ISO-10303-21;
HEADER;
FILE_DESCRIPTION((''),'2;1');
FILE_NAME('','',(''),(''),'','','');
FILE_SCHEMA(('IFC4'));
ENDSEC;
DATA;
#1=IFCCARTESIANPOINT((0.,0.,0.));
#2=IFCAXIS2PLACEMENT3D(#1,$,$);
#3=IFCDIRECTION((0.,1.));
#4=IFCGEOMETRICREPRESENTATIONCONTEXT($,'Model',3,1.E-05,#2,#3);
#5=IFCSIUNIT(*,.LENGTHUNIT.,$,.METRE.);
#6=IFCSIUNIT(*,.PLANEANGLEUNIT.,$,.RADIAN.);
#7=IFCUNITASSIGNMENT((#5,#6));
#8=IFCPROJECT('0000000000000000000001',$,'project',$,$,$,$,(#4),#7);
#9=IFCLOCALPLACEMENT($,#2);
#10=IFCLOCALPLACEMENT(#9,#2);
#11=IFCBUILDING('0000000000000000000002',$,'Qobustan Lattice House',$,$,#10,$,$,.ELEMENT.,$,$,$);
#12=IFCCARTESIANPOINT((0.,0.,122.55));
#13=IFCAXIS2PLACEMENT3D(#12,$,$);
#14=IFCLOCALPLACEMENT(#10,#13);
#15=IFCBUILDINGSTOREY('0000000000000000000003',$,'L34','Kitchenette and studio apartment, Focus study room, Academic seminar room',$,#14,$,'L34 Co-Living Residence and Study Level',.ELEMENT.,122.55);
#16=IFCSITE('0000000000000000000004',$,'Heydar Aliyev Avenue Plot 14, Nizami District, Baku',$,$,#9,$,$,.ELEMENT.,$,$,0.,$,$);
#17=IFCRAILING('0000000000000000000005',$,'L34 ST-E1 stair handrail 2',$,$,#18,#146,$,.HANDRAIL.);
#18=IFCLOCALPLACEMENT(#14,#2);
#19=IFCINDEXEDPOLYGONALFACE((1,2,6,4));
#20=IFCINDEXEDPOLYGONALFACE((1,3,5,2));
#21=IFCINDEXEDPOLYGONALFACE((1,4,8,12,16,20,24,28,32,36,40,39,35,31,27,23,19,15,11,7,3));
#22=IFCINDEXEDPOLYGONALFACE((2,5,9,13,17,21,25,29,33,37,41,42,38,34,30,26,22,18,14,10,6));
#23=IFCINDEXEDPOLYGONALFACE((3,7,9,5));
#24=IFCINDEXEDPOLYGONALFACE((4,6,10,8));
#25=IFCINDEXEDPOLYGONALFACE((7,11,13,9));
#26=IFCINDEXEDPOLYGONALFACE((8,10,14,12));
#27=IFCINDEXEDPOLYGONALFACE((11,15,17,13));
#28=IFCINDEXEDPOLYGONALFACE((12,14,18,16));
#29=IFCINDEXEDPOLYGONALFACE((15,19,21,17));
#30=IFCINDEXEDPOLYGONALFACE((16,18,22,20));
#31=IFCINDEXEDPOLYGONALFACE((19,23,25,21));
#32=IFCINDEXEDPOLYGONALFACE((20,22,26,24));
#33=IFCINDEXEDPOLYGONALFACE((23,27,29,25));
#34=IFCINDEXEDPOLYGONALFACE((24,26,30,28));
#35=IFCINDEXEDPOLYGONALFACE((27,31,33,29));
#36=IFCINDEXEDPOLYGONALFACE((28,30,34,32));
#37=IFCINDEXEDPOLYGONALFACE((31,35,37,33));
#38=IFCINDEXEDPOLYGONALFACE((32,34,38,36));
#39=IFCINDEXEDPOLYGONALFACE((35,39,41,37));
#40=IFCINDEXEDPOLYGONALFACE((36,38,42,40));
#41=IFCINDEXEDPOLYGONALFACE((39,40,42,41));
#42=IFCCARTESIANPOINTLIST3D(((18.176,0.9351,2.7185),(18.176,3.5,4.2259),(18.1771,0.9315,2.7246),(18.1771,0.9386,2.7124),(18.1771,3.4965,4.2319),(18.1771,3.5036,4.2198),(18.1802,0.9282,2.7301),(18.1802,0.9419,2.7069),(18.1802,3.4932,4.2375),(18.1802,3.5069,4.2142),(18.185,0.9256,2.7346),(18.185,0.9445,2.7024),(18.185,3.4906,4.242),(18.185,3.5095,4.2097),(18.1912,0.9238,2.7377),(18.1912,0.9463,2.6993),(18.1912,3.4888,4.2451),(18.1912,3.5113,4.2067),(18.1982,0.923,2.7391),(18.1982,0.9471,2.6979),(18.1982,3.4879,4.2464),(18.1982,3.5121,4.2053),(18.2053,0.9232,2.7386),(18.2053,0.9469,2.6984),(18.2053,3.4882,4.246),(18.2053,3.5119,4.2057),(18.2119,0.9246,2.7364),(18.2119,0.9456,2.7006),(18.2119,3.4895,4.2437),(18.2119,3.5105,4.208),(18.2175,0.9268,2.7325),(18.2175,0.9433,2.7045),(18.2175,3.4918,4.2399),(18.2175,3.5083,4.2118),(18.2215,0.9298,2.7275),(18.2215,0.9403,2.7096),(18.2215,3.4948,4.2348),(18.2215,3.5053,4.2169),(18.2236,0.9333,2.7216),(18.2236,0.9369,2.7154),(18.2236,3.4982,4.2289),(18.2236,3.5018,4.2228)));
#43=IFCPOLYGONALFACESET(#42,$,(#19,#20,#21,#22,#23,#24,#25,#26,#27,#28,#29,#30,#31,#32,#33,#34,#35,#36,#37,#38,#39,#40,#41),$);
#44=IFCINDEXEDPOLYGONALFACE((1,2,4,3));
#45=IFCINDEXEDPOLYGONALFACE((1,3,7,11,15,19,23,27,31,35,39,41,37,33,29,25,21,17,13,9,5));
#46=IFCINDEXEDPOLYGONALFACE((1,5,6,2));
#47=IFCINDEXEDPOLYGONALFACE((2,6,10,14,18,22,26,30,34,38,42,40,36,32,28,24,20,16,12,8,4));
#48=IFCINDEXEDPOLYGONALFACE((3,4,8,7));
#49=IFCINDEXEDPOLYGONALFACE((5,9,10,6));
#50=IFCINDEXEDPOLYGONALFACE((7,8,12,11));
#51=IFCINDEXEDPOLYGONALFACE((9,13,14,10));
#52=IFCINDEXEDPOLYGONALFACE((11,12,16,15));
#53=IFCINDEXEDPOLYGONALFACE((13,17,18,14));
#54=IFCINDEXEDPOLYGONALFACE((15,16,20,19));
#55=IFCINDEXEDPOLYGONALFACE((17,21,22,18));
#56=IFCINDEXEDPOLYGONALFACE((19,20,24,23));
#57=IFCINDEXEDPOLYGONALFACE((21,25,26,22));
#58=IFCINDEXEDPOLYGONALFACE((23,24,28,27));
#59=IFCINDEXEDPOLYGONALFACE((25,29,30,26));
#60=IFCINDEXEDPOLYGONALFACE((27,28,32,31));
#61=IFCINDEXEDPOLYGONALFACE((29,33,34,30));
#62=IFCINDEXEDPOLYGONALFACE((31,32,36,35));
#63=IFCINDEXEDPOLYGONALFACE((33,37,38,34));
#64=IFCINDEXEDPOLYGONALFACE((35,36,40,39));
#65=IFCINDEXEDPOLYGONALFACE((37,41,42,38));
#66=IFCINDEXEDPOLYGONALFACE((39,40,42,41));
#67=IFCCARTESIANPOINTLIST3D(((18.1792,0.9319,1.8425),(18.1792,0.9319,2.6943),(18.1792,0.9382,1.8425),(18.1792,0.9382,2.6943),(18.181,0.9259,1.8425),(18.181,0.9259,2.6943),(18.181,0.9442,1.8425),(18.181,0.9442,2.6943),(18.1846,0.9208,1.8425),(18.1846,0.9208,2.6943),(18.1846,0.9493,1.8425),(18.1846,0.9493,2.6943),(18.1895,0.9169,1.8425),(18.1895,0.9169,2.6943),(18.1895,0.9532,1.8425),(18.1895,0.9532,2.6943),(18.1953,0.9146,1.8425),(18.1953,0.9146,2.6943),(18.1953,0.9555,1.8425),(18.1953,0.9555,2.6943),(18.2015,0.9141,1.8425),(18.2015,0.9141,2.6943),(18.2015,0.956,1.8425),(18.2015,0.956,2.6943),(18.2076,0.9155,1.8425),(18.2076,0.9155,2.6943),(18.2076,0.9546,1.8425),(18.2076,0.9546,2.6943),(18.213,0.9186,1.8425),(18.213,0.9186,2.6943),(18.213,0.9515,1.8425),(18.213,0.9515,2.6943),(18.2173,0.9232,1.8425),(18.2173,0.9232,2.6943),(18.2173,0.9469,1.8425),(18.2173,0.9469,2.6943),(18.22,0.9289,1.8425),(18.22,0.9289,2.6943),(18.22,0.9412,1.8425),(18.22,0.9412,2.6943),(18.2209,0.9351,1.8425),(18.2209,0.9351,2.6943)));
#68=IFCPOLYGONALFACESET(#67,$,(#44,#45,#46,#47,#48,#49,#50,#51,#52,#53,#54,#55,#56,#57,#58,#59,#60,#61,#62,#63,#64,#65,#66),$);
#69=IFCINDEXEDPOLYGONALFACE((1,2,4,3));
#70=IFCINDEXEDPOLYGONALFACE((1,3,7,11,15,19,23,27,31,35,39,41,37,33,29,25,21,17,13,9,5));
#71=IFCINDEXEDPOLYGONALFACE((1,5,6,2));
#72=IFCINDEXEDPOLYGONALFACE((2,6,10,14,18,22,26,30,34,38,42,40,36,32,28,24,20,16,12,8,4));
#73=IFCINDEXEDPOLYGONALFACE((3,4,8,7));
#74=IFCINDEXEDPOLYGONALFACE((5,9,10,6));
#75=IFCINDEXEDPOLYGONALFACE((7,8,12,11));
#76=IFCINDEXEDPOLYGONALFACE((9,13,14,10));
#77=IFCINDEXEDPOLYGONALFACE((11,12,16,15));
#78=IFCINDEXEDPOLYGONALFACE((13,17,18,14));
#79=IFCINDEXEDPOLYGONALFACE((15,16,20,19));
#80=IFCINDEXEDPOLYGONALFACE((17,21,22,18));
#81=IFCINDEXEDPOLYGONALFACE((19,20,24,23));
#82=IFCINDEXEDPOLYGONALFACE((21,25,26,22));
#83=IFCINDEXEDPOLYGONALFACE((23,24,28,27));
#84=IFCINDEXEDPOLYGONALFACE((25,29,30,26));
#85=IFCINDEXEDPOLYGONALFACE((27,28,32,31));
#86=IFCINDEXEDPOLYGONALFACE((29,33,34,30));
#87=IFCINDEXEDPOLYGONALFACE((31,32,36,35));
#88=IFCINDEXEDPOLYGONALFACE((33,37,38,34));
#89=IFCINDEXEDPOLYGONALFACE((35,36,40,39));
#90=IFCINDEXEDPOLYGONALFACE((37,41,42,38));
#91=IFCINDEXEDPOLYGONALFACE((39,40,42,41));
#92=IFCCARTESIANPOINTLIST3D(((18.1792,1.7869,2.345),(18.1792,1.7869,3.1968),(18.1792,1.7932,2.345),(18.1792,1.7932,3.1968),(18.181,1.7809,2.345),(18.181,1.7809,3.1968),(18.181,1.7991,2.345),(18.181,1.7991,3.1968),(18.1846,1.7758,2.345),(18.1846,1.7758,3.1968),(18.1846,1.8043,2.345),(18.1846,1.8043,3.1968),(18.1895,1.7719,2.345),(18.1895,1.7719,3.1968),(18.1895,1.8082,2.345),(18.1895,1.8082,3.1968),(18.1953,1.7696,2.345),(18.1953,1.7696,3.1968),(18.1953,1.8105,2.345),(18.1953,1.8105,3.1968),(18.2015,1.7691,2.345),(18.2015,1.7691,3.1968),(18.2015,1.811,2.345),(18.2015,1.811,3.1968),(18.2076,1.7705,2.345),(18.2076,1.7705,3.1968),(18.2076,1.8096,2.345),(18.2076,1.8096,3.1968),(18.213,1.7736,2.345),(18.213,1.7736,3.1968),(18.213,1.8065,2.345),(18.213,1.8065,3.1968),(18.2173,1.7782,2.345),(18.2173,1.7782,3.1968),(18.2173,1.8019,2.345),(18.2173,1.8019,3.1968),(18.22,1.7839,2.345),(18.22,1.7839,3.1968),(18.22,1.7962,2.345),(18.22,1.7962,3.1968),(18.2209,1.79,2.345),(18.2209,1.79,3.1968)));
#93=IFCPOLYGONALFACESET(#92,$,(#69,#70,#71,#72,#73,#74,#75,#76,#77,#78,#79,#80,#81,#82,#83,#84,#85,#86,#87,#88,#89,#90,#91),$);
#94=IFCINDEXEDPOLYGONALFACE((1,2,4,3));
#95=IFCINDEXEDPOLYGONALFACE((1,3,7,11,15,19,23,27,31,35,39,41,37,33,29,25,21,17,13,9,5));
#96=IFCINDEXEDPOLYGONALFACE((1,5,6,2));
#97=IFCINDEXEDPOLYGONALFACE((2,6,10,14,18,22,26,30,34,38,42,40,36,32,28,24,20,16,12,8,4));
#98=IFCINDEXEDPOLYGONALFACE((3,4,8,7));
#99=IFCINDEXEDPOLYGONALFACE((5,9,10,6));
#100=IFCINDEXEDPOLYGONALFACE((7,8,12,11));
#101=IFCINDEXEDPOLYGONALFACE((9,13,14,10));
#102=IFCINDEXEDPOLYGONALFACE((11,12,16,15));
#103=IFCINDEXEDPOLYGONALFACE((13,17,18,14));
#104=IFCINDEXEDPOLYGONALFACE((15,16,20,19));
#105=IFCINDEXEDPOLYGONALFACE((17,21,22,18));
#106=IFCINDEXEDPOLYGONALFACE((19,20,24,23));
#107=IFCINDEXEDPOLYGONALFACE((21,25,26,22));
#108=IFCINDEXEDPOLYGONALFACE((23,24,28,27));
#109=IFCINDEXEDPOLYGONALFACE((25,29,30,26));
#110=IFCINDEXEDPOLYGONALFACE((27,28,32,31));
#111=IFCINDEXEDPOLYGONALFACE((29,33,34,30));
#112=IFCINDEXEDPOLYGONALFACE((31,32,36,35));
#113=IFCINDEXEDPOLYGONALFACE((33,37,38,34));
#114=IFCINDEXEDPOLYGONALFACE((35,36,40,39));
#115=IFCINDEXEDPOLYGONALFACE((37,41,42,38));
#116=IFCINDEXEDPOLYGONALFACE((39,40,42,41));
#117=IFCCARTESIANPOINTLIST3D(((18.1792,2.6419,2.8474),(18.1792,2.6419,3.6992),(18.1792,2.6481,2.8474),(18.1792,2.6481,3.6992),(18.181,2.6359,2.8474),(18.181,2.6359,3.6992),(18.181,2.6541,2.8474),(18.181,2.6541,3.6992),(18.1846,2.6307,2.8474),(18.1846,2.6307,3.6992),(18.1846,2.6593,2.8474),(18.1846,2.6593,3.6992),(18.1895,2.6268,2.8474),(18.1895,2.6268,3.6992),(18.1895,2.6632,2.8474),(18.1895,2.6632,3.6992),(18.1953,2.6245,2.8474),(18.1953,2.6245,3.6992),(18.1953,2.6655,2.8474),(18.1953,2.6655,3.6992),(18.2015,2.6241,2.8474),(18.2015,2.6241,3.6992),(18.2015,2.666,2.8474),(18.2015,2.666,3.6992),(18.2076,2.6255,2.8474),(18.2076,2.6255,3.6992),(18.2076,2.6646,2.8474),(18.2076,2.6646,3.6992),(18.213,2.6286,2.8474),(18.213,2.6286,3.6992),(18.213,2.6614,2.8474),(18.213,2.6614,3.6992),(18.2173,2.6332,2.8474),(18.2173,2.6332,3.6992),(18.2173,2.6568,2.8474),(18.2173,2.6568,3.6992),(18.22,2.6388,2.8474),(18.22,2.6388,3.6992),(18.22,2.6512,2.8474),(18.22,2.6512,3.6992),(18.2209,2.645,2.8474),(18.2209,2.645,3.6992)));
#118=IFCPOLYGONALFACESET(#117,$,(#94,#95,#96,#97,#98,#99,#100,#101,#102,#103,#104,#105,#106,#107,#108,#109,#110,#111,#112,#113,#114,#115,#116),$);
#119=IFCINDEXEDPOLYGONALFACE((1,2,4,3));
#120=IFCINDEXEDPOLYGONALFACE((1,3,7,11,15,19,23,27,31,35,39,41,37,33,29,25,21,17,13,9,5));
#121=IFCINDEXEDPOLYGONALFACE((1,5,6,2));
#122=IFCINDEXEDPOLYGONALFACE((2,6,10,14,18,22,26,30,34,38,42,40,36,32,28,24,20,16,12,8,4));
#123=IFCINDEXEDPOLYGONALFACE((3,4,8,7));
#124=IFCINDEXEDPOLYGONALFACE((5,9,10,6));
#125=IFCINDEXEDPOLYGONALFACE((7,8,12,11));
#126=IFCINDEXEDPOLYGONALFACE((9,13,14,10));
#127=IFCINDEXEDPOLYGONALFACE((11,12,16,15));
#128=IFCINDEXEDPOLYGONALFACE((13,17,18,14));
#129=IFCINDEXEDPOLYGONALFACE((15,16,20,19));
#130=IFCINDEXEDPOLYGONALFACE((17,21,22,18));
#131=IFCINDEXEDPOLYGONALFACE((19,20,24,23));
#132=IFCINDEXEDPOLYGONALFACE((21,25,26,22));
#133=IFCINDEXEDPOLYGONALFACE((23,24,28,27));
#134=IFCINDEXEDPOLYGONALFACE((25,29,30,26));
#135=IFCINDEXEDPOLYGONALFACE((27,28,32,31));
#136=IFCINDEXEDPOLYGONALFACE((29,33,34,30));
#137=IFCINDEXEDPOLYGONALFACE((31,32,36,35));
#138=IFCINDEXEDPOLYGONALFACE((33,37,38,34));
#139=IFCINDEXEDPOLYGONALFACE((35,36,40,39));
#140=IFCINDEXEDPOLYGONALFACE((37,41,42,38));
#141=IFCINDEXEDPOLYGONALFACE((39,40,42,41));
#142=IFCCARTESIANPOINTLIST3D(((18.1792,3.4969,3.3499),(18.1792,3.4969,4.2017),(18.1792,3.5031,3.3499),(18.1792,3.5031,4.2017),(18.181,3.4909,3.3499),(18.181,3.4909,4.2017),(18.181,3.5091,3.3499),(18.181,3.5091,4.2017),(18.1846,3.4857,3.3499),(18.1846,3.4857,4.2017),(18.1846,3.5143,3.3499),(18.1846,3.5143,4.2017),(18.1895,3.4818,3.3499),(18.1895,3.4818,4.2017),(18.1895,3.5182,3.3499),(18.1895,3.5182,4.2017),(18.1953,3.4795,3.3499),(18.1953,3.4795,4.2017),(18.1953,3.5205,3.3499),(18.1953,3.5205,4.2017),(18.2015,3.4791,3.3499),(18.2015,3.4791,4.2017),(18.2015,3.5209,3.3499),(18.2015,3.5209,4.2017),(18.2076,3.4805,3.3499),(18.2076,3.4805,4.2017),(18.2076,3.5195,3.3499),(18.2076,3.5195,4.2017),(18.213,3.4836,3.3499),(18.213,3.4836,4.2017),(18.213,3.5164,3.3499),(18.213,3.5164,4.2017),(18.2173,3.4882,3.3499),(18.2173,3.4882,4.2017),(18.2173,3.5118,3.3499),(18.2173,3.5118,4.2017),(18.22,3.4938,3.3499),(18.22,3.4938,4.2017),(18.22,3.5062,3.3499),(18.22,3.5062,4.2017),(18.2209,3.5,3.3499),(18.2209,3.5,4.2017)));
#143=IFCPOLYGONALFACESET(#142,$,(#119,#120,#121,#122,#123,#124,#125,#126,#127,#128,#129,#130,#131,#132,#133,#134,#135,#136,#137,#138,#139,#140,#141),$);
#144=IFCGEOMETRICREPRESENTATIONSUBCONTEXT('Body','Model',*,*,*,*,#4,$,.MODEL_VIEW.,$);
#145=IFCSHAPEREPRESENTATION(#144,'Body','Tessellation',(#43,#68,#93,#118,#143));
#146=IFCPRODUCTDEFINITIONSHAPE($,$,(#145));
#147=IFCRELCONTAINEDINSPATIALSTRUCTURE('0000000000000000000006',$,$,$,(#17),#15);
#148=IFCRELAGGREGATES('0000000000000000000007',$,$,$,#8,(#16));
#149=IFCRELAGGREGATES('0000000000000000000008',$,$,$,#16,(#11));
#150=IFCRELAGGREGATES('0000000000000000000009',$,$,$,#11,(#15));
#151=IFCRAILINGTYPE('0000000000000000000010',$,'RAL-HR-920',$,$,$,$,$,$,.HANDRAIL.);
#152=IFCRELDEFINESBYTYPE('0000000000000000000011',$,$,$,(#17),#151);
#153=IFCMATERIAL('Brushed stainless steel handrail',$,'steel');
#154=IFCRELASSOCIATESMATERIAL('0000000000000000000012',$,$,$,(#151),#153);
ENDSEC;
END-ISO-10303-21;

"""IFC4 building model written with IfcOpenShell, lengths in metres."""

from ifc_helpers import new_model, si_unit, direction, frame, origin, origin_2d, place, context, subcontext, project, spatial, circle, extrude, material, type_object, element, save


model = new_model("IFC4")

# Units and contexts
model_context = context("Model", 3, precision=1e-05, world=origin(), true_north=direction((0.0, 1.0)))
body_context = subcontext(model_context, "Body", "Model", "MODEL_VIEW")
ifc_project = project(units=[si_unit("LENGTHUNIT", "METRE"), si_unit("PLANEANGLEUNIT", "RADIAN")], contexts=[model_context])

# Site, building, storey
site_placement = place(None, origin())
site = spatial("IfcSite", under=ifc_project, at=site_placement, Name="Heydar Aliyev Avenue Plot 14, Nizami District, Baku", CompositionType="ELEMENT", RefElevation=0.0)
building_placement = place(site_placement, origin())
building = spatial("IfcBuilding", under=site, at=building_placement, Name="Qobustan Lattice House", CompositionType="ELEMENT")
storey_placement = place(building_placement, frame((0.0, 0.0, 122.55)))
storey = spatial("IfcBuildingStorey", under=building, at=storey_placement, Name="L34", Description="Kitchenette and studio apartment, Focus study room, Academic seminar room", LongName="L34 Co-Living Residence and Study Level", CompositionType="ELEMENT", Elevation=122.55)

# Railing
ifc_material_1 = material(Name="Brushed stainless steel handrail", Category="steel")
railing_type = type_object("IfcRailingType", Name="RAL-HR-920", PredefinedType="HANDRAIL", material=ifc_material_1)
railing_placement = place(storey_placement, frame((18.2, 0.9351, 1.8425)))
element("IfcRailing", 1, at=railing_placement, inside=storey, type_object=railing_type, Name="L34 ST-E1 stair handrail 2", PredefinedType="HANDRAIL", context=body_context, shape_type="SweptSolid", body=[
    extrude(circle(Radius=0.0239, at=origin_2d()), frame((0.0, 0.0, 0.876), z_axis=(0.0, 0.862149, 0.506654), x_axis=(-1.0, 0.0, 0.0)), (0.0, 0.0, 1.0), 2.9751),
    extrude(circle(Radius=0.021, at=origin_2d()), origin(), (0.0, 0.0, 1.0), 0.8518),
    extrude(circle(Radius=0.021, at=origin_2d()), frame((0.0, 0.855, 0.5024)), (0.0, 0.0, 1.0), 0.8518),
    extrude(circle(Radius=0.021, at=origin_2d()), frame((0.0, 1.71, 1.0049)), (0.0, 0.0, 1.0), 0.8518),
    extrude(circle(Radius=0.021, at=origin_2d()), frame((0.0, 2.5649, 1.5073)), (0.0, 0.0, 1.0), 0.8518),
])

save(model, "model.ifc")
